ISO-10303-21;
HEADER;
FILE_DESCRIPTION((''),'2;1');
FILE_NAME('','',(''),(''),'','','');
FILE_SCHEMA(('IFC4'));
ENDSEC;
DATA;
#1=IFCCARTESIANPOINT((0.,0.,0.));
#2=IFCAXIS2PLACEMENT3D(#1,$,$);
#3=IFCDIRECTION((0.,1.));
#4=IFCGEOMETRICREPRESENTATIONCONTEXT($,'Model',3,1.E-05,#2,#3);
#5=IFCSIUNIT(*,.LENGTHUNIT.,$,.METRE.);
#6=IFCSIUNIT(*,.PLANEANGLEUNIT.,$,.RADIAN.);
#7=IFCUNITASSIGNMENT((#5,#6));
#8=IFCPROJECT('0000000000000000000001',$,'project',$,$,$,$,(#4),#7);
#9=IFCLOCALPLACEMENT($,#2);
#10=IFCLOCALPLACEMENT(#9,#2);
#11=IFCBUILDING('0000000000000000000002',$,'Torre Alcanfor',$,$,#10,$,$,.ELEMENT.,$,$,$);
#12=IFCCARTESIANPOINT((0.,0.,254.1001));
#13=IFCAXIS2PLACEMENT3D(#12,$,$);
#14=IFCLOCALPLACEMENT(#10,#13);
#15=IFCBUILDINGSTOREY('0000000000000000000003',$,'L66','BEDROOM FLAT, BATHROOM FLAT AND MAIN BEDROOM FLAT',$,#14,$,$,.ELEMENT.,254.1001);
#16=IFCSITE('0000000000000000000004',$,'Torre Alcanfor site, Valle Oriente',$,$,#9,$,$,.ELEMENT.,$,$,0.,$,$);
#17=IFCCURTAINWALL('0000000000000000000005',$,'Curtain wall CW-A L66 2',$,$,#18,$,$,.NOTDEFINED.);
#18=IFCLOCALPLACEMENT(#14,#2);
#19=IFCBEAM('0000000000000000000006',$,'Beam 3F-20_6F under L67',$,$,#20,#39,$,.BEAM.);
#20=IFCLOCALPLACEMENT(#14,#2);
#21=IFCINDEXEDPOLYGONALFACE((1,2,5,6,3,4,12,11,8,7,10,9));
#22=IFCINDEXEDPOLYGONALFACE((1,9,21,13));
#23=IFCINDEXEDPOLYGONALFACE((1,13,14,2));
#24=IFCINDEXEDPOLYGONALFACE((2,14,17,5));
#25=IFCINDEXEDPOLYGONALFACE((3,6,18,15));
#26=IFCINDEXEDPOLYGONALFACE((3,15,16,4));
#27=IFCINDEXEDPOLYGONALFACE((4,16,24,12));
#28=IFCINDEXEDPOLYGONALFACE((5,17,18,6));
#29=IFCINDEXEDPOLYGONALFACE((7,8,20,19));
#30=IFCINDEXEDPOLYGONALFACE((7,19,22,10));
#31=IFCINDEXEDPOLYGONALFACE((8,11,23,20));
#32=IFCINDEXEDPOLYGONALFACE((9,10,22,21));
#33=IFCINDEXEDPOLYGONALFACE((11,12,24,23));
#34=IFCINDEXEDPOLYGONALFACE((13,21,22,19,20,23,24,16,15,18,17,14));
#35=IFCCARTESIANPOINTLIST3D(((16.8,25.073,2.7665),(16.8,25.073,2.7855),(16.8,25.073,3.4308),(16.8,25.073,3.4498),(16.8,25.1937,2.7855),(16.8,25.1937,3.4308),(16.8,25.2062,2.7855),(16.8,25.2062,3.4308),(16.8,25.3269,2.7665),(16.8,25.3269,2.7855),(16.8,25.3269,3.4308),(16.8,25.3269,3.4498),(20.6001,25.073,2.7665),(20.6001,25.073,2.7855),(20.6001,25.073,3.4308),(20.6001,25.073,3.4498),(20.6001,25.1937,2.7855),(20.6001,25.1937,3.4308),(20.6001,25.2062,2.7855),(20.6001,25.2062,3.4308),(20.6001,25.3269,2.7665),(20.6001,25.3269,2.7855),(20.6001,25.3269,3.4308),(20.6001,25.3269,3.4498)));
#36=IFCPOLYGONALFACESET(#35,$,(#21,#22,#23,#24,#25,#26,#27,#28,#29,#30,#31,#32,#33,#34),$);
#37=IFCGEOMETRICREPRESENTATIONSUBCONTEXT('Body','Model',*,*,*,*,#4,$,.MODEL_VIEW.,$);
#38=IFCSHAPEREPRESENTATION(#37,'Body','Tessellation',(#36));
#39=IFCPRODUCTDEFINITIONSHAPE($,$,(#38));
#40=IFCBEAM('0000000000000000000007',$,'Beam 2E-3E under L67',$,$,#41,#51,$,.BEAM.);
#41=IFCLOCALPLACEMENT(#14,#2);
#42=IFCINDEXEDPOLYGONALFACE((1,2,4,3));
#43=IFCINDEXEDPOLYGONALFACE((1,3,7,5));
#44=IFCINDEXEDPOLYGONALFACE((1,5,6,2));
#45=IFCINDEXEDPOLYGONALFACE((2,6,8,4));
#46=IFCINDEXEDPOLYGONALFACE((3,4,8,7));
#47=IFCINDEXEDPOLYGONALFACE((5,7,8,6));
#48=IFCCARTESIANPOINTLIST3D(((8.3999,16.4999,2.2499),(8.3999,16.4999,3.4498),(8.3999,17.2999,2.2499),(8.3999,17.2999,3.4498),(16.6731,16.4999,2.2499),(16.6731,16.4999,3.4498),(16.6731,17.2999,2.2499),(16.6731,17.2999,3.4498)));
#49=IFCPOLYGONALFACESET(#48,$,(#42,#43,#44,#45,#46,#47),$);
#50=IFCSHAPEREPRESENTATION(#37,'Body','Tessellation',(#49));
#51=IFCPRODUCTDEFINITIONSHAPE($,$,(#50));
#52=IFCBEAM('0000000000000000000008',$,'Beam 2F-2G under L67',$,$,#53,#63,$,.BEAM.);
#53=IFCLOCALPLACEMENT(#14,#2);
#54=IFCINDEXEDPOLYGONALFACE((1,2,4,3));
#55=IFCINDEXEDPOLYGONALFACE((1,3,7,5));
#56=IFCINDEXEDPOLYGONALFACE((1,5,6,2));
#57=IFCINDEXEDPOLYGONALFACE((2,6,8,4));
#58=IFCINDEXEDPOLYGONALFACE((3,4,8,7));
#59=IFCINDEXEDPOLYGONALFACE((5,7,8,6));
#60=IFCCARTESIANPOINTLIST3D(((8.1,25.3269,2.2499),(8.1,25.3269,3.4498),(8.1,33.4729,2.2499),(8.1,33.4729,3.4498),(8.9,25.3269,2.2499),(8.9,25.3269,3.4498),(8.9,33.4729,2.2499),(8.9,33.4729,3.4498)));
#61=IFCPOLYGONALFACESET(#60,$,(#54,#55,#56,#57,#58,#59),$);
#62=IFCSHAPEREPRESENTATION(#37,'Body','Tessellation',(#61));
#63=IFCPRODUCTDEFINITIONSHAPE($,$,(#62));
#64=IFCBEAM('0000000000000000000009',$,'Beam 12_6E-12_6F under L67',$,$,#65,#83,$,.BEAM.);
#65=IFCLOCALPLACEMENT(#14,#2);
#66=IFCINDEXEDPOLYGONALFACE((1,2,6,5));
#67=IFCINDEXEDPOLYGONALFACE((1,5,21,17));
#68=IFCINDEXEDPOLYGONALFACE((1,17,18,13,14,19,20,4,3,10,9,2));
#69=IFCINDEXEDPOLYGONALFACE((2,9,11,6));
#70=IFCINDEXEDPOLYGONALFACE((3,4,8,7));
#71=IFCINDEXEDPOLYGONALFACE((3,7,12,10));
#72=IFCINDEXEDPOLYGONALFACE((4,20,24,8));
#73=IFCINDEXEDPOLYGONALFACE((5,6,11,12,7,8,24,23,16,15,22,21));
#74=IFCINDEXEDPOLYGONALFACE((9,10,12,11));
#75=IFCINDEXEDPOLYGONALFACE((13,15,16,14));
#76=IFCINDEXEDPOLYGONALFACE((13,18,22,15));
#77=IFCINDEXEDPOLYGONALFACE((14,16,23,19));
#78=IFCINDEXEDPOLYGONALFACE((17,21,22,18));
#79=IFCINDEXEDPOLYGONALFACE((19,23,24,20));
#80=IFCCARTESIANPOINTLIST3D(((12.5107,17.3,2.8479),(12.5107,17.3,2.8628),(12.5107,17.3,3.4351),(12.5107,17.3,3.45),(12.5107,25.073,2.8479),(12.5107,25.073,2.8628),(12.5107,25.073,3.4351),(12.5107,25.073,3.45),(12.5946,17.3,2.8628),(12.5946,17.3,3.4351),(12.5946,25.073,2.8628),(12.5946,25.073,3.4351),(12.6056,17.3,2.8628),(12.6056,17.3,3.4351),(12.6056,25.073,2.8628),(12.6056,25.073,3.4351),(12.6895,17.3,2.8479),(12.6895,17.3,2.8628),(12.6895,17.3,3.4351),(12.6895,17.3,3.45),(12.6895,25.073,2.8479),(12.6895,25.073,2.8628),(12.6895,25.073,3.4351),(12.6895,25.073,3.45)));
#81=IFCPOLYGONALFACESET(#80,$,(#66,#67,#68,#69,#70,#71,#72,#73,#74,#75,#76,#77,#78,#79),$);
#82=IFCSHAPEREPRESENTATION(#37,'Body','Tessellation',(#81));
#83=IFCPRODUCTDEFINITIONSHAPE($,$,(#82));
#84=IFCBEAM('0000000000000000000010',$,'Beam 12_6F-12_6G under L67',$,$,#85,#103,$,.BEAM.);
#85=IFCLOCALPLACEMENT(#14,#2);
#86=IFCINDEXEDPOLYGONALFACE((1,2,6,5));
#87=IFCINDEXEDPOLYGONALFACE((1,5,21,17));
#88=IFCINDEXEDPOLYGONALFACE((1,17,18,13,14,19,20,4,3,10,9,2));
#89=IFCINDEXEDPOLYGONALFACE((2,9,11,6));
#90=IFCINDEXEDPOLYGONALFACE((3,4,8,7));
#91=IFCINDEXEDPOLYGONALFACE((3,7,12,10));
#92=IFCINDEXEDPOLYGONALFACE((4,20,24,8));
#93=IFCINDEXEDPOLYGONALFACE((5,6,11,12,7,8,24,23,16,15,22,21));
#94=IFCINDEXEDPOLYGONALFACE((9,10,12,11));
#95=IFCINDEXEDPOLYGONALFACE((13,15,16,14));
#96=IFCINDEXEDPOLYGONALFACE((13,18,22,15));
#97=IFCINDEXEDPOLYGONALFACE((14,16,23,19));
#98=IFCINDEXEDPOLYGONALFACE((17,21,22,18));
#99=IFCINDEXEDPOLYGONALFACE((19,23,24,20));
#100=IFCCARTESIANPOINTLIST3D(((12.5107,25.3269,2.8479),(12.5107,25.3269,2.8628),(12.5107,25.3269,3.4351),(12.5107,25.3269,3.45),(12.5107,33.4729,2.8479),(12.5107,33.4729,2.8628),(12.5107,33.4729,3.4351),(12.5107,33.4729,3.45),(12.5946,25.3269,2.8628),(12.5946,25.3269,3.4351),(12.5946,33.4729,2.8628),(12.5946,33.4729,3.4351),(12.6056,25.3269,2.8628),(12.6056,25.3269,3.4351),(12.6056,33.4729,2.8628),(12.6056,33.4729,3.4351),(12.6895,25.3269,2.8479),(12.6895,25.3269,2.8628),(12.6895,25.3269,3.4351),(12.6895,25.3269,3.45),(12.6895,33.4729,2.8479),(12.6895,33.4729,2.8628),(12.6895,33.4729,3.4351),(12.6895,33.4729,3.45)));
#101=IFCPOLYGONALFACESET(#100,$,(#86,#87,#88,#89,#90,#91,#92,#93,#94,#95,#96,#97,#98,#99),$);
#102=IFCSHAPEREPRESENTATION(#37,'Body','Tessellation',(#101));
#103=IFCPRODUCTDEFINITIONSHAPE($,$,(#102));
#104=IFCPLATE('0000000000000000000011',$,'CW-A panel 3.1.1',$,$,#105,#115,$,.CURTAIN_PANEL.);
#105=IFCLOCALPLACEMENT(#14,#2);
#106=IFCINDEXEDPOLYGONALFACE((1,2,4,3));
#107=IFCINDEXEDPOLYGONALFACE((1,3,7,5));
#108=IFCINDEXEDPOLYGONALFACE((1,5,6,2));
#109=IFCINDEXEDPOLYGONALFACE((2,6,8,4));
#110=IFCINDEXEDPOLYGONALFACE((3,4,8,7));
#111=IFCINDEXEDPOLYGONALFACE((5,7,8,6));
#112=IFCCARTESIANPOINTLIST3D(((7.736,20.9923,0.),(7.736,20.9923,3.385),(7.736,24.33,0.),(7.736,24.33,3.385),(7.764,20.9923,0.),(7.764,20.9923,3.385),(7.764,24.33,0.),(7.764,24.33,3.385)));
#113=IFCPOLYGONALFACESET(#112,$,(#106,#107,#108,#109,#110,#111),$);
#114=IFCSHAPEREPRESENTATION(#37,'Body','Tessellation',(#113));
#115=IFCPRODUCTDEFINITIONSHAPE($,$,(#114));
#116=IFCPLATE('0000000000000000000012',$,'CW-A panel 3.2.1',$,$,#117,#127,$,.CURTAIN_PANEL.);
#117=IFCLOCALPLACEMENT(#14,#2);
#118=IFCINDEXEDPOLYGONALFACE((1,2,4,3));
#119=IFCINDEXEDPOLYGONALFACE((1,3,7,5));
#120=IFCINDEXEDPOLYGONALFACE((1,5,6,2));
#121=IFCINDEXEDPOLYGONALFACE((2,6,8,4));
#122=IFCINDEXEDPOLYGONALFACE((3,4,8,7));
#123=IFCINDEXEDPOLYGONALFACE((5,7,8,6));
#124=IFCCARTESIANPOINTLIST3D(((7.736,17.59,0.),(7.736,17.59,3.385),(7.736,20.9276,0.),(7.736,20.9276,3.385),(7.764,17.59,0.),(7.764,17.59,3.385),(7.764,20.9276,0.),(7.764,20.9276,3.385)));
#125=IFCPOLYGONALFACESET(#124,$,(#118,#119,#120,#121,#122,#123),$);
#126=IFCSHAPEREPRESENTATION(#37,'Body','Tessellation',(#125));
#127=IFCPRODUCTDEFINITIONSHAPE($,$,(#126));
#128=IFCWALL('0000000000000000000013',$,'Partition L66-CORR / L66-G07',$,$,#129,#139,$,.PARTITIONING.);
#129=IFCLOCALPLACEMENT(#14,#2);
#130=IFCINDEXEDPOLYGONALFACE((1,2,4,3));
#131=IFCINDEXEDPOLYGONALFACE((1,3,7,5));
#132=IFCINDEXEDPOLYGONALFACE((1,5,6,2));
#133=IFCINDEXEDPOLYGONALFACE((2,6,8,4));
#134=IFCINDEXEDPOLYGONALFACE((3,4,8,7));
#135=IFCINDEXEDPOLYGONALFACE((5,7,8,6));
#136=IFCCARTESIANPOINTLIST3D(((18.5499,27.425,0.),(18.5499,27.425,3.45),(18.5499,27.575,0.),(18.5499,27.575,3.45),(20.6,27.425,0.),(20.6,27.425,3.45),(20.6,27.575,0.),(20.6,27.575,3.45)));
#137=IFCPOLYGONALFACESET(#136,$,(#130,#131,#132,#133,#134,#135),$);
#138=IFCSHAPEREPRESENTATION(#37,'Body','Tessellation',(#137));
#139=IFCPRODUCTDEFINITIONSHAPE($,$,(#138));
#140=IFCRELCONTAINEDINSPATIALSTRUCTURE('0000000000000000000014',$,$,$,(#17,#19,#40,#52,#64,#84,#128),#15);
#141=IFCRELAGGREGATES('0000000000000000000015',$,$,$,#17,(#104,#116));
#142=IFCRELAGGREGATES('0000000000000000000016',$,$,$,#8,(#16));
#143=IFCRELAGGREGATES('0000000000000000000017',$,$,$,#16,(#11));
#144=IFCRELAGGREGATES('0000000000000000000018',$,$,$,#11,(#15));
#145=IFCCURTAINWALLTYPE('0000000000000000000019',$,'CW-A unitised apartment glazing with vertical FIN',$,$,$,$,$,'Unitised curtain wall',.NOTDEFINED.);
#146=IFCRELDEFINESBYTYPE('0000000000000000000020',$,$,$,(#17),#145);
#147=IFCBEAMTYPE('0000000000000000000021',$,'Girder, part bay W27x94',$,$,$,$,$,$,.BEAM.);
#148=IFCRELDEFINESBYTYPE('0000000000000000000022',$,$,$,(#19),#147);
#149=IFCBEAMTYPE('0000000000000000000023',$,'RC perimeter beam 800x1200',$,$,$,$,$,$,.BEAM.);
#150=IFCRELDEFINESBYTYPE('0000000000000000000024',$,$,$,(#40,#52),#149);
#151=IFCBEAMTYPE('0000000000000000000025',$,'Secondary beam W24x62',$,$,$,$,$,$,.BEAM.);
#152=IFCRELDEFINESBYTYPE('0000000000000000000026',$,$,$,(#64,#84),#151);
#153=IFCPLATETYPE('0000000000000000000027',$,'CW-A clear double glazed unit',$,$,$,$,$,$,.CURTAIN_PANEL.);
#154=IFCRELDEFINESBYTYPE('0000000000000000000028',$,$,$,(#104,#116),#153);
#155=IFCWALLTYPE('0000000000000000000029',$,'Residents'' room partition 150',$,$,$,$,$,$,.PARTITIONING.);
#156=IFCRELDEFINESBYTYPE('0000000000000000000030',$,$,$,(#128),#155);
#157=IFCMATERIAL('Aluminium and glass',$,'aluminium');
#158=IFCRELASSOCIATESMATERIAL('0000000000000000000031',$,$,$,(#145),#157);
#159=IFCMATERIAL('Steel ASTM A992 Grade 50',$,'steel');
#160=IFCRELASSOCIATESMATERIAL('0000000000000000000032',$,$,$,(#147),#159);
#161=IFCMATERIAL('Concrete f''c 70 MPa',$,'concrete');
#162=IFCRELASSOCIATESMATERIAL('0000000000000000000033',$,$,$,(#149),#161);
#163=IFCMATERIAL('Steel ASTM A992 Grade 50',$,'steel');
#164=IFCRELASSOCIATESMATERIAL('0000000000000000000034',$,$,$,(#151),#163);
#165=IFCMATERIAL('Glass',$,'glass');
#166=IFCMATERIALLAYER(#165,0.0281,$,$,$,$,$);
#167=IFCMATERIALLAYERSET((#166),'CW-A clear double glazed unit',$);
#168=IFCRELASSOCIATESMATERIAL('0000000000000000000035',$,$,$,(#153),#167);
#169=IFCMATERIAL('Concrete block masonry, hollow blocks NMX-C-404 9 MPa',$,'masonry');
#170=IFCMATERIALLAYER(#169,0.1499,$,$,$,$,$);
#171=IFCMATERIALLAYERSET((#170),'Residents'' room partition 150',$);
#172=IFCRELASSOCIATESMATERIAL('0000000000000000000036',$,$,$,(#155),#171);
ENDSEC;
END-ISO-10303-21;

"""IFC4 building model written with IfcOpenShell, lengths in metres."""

from ifc_helpers import new_model, si_unit, direction, frame, frame_2d, origin, origin_2d, place, context, subcontext, project, spatial, rectangle, i_section, extrude, material, layer, layer_set, material_profile, profile_set, type_object, element, aggregate, save


model = new_model("IFC4")

# Units and contexts
model_context = context("Model", 3, precision=1e-05, world=origin(), true_north=direction((0.0, 1.0)))
body_context = subcontext(model_context, "Body", "Model", "MODEL_VIEW")
ifc_project = project(units=[si_unit("LENGTHUNIT", "METRE"), si_unit("PLANEANGLEUNIT", "RADIAN")], contexts=[model_context])

# Site, building, storey
site_placement = place(None, origin())
site = spatial("IfcSite", under=ifc_project, at=site_placement, Name="Torre Alcanfor site, Valle Oriente", CompositionType="ELEMENT", RefElevation=0.0)
building_placement = place(site_placement, origin())
building = spatial("IfcBuilding", under=site, at=building_placement, Name="Torre Alcanfor", CompositionType="ELEMENT")
storey_placement = place(building_placement, frame((0.0, 0.0, 254.1001)))
storey = spatial("IfcBuildingStorey", under=building, at=storey_placement, Name="L66", Description="BEDROOM FLAT, BATHROOM FLAT AND MAIN BEDROOM FLAT", CompositionType="ELEMENT", Elevation=254.1001)

# Curtain wall
ifc_material_1 = material(Name="Aluminium and glass", Category="aluminium")
curtain_wall_type = type_object("IfcCurtainWallType", Name="CW-A unitised apartment glazing with vertical FIN", ElementType="Unitised curtain wall", PredefinedType="NOTDEFINED", material=ifc_material_1)
curtain_wall_placement = place(storey_placement, origin())
curtain_wall = element("IfcCurtainWall", 1, at=curtain_wall_placement, inside=storey, type_object=curtain_wall_type, Name="Curtain wall CW-A L66 2", PredefinedType="NOTDEFINED")

# Beams
ifc_material_2 = material(Name="Steel ASTM A992 Grade 50", Category="steel")
ifc_material_profile_1 = material_profile(ifc_material_2, i_section(OverallWidth=0.2539, OverallDepth=0.6833, WebThickness=0.0125, FlangeThickness=0.019, at=origin_2d()), Name="W27x94")
ifc_profile_set_1 = profile_set([ifc_material_profile_1], Name="Steel ASTM A992 Grade 50")
beam_type_1 = type_object("IfcBeamType", Name="Girder, part bay W27x94", PredefinedType="BEAM", material=ifc_profile_set_1)
beam_1_placement = place(storey_placement, frame((16.8, 25.2, 3.1082), z_axis=(1.0, 0.0, 0.0), x_axis=(0.0, 1.0, 0.0)))
element("IfcBeam", 2, at=beam_1_placement, inside=storey, type_object=beam_type_1, Name="Beam 3F-20_6F under L67", PredefinedType="BEAM", context=body_context, shape_type="SweptSolid", body=[
    extrude(i_section(OverallWidth=0.2539, OverallDepth=0.6833, WebThickness=0.0125, FlangeThickness=0.019, at=origin_2d()), origin(), (0.0, 0.0, 1.0), 3.8),
])
ifc_material_3 = material(Name="Concrete f'c 70 MPa", Category="concrete")
ifc_material_profile_2 = material_profile(ifc_material_3, rectangle(XDim=0.8, YDim=1.2, at=origin_2d()), Name="800x1200")
ifc_profile_set_2 = profile_set([ifc_material_profile_2], Name="Concrete f'c 70 MPa")
beam_type_2 = type_object("IfcBeamType", Name="RC perimeter beam 800x1200", PredefinedType="BEAM", material=ifc_profile_set_2)
beam_2_placement = place(storey_placement, frame((8.3999, 16.8999, 2.8499), z_axis=(1.0, 0.0, 0.0), x_axis=(0.0, 1.0, 0.0)))
element("IfcBeam", 3, at=beam_2_placement, inside=storey, type_object=beam_type_2, Name="Beam 2E-3E under L67", PredefinedType="BEAM", context=body_context, shape_type="SweptSolid", body=[
    extrude(rectangle(XDim=0.8, YDim=1.2, at=origin_2d()), origin(), (0.0, 0.0, 1.0), 8.2732),
])
beam_3_placement = place(storey_placement, frame((8.5, 25.3269, 2.8499), z_axis=(0.0, 1.0, 0.0), x_axis=(-1.0, 0.0, 0.0)))
element("IfcBeam", 4, at=beam_3_placement, inside=storey, type_object=beam_type_2, Name="Beam 2F-2G under L67", PredefinedType="BEAM", context=body_context, shape_type="SweptSolid", body=[
    extrude(rectangle(XDim=0.8, YDim=1.2, at=origin_2d()), origin(), (0.0, 0.0, 1.0), 8.146),
])
ifc_material_4 = material(Name="Steel ASTM A992 Grade 50", Category="steel")
ifc_material_profile_3 = material_profile(ifc_material_4, i_section(OverallWidth=0.1787, OverallDepth=0.6021, WebThickness=0.011, FlangeThickness=0.0149, at=origin_2d()), Name="W24x62")
ifc_profile_set_3 = profile_set([ifc_material_profile_3], Name="Steel ASTM A992 Grade 50")
beam_type_3 = type_object("IfcBeamType", Name="Secondary beam W24x62", PredefinedType="BEAM", material=ifc_profile_set_3)
beam_4_placement = place(storey_placement, frame((12.6001, 17.3, 3.1489), z_axis=(0.0, 1.0, 0.0), x_axis=(-1.0, 0.0, 0.0)))
element("IfcBeam", 5, at=beam_4_placement, inside=storey, type_object=beam_type_3, Name="Beam 12_6E-12_6F under L67", PredefinedType="BEAM", context=body_context, shape_type="SweptSolid", body=[
    extrude(i_section(OverallWidth=0.1787, OverallDepth=0.6021, WebThickness=0.011, FlangeThickness=0.0149, at=origin_2d()), origin(), (0.0, 0.0, 1.0), 7.7729),
])
beam_5_placement = place(storey_placement, frame((12.6001, 25.3269, 3.1489), z_axis=(0.0, 1.0, 0.0), x_axis=(-1.0, 0.0, 0.0)))
element("IfcBeam", 6, at=beam_5_placement, inside=storey, type_object=beam_type_3, Name="Beam 12_6F-12_6G under L67", PredefinedType="BEAM", context=body_context, shape_type="SweptSolid", body=[
    extrude(i_section(OverallWidth=0.1787, OverallDepth=0.6021, WebThickness=0.011, FlangeThickness=0.0149, at=origin_2d()), origin(), (0.0, 0.0, 1.0), 8.146),
])

# Plates
ifc_material_5 = material(Name="Glass", Category="glass")
ifc_layer_1 = layer(ifc_material_5, 0.0281)
ifc_layer_set_1 = layer_set([ifc_layer_1], Name="CW-A clear double glazed unit")
plate_type = type_object("IfcPlateType", Name="CW-A clear double glazed unit", PredefinedType="CURTAIN_PANEL", material=ifc_layer_set_1)
plate_1_placement = place(storey_placement, frame((7.75, 22.6611, 0.0), z_axis=(0.0, 0.0, 1.0), x_axis=(0.0, -1.0, 0.0)))
plate_1 = element("IfcPlate", 7, at=plate_1_placement, type_object=plate_type, Name="CW-A panel 3.1.1", PredefinedType="CURTAIN_PANEL", context=body_context, shape_type="SweptSolid", body=[
    extrude(rectangle(XDim=3.3376, YDim=0.0281, at=origin_2d()), origin(), (0.0, 0.0, 1.0), 3.385),
])
plate_2_placement = place(storey_placement, frame((7.75, 19.2588, 0.0), z_axis=(0.0, 0.0, 1.0), x_axis=(0.0, -1.0, 0.0)))
plate_2 = element("IfcPlate", 8, at=plate_2_placement, type_object=plate_type, Name="CW-A panel 3.2.1", PredefinedType="CURTAIN_PANEL", context=body_context, shape_type="SweptSolid", body=[
    extrude(rectangle(XDim=3.3376, YDim=0.0281, at=origin_2d()), origin(), (0.0, 0.0, 1.0), 3.385),
])
aggregate(curtain_wall, [plate_1, plate_2])

# Wall
ifc_material_6 = material(Name="Concrete block masonry, hollow blocks NMX-C-404 9 MPa", Category="masonry")
ifc_layer_2 = layer(ifc_material_6, 0.1499)
ifc_layer_set_2 = layer_set([ifc_layer_2], Name="Residents' room partition 150")
wall_type_1 = type_object("IfcWallType", Name="Residents' room partition 150", PredefinedType="PARTITIONING", material=ifc_layer_set_2)
wall_1_placement = place(storey_placement, frame((18.55, 27.5, 0.0), z_axis=(0.0, 0.0, 1.0), x_axis=(1.0, 0.0, 0.0)))
element("IfcWall", 9, at=wall_1_placement, inside=storey, type_object=wall_type_1, Name="Partition L66-CORR / L66-G07", PredefinedType="PARTITIONING", context=body_context, shape_type="SweptSolid", body=[
    extrude(rectangle(XDim=2.05, YDim=0.1499, at=frame_2d((1.0249, 0.0))), origin(), (0.0, 0.0, 1.0), 3.45),
])

save(model, "model.ifc")
